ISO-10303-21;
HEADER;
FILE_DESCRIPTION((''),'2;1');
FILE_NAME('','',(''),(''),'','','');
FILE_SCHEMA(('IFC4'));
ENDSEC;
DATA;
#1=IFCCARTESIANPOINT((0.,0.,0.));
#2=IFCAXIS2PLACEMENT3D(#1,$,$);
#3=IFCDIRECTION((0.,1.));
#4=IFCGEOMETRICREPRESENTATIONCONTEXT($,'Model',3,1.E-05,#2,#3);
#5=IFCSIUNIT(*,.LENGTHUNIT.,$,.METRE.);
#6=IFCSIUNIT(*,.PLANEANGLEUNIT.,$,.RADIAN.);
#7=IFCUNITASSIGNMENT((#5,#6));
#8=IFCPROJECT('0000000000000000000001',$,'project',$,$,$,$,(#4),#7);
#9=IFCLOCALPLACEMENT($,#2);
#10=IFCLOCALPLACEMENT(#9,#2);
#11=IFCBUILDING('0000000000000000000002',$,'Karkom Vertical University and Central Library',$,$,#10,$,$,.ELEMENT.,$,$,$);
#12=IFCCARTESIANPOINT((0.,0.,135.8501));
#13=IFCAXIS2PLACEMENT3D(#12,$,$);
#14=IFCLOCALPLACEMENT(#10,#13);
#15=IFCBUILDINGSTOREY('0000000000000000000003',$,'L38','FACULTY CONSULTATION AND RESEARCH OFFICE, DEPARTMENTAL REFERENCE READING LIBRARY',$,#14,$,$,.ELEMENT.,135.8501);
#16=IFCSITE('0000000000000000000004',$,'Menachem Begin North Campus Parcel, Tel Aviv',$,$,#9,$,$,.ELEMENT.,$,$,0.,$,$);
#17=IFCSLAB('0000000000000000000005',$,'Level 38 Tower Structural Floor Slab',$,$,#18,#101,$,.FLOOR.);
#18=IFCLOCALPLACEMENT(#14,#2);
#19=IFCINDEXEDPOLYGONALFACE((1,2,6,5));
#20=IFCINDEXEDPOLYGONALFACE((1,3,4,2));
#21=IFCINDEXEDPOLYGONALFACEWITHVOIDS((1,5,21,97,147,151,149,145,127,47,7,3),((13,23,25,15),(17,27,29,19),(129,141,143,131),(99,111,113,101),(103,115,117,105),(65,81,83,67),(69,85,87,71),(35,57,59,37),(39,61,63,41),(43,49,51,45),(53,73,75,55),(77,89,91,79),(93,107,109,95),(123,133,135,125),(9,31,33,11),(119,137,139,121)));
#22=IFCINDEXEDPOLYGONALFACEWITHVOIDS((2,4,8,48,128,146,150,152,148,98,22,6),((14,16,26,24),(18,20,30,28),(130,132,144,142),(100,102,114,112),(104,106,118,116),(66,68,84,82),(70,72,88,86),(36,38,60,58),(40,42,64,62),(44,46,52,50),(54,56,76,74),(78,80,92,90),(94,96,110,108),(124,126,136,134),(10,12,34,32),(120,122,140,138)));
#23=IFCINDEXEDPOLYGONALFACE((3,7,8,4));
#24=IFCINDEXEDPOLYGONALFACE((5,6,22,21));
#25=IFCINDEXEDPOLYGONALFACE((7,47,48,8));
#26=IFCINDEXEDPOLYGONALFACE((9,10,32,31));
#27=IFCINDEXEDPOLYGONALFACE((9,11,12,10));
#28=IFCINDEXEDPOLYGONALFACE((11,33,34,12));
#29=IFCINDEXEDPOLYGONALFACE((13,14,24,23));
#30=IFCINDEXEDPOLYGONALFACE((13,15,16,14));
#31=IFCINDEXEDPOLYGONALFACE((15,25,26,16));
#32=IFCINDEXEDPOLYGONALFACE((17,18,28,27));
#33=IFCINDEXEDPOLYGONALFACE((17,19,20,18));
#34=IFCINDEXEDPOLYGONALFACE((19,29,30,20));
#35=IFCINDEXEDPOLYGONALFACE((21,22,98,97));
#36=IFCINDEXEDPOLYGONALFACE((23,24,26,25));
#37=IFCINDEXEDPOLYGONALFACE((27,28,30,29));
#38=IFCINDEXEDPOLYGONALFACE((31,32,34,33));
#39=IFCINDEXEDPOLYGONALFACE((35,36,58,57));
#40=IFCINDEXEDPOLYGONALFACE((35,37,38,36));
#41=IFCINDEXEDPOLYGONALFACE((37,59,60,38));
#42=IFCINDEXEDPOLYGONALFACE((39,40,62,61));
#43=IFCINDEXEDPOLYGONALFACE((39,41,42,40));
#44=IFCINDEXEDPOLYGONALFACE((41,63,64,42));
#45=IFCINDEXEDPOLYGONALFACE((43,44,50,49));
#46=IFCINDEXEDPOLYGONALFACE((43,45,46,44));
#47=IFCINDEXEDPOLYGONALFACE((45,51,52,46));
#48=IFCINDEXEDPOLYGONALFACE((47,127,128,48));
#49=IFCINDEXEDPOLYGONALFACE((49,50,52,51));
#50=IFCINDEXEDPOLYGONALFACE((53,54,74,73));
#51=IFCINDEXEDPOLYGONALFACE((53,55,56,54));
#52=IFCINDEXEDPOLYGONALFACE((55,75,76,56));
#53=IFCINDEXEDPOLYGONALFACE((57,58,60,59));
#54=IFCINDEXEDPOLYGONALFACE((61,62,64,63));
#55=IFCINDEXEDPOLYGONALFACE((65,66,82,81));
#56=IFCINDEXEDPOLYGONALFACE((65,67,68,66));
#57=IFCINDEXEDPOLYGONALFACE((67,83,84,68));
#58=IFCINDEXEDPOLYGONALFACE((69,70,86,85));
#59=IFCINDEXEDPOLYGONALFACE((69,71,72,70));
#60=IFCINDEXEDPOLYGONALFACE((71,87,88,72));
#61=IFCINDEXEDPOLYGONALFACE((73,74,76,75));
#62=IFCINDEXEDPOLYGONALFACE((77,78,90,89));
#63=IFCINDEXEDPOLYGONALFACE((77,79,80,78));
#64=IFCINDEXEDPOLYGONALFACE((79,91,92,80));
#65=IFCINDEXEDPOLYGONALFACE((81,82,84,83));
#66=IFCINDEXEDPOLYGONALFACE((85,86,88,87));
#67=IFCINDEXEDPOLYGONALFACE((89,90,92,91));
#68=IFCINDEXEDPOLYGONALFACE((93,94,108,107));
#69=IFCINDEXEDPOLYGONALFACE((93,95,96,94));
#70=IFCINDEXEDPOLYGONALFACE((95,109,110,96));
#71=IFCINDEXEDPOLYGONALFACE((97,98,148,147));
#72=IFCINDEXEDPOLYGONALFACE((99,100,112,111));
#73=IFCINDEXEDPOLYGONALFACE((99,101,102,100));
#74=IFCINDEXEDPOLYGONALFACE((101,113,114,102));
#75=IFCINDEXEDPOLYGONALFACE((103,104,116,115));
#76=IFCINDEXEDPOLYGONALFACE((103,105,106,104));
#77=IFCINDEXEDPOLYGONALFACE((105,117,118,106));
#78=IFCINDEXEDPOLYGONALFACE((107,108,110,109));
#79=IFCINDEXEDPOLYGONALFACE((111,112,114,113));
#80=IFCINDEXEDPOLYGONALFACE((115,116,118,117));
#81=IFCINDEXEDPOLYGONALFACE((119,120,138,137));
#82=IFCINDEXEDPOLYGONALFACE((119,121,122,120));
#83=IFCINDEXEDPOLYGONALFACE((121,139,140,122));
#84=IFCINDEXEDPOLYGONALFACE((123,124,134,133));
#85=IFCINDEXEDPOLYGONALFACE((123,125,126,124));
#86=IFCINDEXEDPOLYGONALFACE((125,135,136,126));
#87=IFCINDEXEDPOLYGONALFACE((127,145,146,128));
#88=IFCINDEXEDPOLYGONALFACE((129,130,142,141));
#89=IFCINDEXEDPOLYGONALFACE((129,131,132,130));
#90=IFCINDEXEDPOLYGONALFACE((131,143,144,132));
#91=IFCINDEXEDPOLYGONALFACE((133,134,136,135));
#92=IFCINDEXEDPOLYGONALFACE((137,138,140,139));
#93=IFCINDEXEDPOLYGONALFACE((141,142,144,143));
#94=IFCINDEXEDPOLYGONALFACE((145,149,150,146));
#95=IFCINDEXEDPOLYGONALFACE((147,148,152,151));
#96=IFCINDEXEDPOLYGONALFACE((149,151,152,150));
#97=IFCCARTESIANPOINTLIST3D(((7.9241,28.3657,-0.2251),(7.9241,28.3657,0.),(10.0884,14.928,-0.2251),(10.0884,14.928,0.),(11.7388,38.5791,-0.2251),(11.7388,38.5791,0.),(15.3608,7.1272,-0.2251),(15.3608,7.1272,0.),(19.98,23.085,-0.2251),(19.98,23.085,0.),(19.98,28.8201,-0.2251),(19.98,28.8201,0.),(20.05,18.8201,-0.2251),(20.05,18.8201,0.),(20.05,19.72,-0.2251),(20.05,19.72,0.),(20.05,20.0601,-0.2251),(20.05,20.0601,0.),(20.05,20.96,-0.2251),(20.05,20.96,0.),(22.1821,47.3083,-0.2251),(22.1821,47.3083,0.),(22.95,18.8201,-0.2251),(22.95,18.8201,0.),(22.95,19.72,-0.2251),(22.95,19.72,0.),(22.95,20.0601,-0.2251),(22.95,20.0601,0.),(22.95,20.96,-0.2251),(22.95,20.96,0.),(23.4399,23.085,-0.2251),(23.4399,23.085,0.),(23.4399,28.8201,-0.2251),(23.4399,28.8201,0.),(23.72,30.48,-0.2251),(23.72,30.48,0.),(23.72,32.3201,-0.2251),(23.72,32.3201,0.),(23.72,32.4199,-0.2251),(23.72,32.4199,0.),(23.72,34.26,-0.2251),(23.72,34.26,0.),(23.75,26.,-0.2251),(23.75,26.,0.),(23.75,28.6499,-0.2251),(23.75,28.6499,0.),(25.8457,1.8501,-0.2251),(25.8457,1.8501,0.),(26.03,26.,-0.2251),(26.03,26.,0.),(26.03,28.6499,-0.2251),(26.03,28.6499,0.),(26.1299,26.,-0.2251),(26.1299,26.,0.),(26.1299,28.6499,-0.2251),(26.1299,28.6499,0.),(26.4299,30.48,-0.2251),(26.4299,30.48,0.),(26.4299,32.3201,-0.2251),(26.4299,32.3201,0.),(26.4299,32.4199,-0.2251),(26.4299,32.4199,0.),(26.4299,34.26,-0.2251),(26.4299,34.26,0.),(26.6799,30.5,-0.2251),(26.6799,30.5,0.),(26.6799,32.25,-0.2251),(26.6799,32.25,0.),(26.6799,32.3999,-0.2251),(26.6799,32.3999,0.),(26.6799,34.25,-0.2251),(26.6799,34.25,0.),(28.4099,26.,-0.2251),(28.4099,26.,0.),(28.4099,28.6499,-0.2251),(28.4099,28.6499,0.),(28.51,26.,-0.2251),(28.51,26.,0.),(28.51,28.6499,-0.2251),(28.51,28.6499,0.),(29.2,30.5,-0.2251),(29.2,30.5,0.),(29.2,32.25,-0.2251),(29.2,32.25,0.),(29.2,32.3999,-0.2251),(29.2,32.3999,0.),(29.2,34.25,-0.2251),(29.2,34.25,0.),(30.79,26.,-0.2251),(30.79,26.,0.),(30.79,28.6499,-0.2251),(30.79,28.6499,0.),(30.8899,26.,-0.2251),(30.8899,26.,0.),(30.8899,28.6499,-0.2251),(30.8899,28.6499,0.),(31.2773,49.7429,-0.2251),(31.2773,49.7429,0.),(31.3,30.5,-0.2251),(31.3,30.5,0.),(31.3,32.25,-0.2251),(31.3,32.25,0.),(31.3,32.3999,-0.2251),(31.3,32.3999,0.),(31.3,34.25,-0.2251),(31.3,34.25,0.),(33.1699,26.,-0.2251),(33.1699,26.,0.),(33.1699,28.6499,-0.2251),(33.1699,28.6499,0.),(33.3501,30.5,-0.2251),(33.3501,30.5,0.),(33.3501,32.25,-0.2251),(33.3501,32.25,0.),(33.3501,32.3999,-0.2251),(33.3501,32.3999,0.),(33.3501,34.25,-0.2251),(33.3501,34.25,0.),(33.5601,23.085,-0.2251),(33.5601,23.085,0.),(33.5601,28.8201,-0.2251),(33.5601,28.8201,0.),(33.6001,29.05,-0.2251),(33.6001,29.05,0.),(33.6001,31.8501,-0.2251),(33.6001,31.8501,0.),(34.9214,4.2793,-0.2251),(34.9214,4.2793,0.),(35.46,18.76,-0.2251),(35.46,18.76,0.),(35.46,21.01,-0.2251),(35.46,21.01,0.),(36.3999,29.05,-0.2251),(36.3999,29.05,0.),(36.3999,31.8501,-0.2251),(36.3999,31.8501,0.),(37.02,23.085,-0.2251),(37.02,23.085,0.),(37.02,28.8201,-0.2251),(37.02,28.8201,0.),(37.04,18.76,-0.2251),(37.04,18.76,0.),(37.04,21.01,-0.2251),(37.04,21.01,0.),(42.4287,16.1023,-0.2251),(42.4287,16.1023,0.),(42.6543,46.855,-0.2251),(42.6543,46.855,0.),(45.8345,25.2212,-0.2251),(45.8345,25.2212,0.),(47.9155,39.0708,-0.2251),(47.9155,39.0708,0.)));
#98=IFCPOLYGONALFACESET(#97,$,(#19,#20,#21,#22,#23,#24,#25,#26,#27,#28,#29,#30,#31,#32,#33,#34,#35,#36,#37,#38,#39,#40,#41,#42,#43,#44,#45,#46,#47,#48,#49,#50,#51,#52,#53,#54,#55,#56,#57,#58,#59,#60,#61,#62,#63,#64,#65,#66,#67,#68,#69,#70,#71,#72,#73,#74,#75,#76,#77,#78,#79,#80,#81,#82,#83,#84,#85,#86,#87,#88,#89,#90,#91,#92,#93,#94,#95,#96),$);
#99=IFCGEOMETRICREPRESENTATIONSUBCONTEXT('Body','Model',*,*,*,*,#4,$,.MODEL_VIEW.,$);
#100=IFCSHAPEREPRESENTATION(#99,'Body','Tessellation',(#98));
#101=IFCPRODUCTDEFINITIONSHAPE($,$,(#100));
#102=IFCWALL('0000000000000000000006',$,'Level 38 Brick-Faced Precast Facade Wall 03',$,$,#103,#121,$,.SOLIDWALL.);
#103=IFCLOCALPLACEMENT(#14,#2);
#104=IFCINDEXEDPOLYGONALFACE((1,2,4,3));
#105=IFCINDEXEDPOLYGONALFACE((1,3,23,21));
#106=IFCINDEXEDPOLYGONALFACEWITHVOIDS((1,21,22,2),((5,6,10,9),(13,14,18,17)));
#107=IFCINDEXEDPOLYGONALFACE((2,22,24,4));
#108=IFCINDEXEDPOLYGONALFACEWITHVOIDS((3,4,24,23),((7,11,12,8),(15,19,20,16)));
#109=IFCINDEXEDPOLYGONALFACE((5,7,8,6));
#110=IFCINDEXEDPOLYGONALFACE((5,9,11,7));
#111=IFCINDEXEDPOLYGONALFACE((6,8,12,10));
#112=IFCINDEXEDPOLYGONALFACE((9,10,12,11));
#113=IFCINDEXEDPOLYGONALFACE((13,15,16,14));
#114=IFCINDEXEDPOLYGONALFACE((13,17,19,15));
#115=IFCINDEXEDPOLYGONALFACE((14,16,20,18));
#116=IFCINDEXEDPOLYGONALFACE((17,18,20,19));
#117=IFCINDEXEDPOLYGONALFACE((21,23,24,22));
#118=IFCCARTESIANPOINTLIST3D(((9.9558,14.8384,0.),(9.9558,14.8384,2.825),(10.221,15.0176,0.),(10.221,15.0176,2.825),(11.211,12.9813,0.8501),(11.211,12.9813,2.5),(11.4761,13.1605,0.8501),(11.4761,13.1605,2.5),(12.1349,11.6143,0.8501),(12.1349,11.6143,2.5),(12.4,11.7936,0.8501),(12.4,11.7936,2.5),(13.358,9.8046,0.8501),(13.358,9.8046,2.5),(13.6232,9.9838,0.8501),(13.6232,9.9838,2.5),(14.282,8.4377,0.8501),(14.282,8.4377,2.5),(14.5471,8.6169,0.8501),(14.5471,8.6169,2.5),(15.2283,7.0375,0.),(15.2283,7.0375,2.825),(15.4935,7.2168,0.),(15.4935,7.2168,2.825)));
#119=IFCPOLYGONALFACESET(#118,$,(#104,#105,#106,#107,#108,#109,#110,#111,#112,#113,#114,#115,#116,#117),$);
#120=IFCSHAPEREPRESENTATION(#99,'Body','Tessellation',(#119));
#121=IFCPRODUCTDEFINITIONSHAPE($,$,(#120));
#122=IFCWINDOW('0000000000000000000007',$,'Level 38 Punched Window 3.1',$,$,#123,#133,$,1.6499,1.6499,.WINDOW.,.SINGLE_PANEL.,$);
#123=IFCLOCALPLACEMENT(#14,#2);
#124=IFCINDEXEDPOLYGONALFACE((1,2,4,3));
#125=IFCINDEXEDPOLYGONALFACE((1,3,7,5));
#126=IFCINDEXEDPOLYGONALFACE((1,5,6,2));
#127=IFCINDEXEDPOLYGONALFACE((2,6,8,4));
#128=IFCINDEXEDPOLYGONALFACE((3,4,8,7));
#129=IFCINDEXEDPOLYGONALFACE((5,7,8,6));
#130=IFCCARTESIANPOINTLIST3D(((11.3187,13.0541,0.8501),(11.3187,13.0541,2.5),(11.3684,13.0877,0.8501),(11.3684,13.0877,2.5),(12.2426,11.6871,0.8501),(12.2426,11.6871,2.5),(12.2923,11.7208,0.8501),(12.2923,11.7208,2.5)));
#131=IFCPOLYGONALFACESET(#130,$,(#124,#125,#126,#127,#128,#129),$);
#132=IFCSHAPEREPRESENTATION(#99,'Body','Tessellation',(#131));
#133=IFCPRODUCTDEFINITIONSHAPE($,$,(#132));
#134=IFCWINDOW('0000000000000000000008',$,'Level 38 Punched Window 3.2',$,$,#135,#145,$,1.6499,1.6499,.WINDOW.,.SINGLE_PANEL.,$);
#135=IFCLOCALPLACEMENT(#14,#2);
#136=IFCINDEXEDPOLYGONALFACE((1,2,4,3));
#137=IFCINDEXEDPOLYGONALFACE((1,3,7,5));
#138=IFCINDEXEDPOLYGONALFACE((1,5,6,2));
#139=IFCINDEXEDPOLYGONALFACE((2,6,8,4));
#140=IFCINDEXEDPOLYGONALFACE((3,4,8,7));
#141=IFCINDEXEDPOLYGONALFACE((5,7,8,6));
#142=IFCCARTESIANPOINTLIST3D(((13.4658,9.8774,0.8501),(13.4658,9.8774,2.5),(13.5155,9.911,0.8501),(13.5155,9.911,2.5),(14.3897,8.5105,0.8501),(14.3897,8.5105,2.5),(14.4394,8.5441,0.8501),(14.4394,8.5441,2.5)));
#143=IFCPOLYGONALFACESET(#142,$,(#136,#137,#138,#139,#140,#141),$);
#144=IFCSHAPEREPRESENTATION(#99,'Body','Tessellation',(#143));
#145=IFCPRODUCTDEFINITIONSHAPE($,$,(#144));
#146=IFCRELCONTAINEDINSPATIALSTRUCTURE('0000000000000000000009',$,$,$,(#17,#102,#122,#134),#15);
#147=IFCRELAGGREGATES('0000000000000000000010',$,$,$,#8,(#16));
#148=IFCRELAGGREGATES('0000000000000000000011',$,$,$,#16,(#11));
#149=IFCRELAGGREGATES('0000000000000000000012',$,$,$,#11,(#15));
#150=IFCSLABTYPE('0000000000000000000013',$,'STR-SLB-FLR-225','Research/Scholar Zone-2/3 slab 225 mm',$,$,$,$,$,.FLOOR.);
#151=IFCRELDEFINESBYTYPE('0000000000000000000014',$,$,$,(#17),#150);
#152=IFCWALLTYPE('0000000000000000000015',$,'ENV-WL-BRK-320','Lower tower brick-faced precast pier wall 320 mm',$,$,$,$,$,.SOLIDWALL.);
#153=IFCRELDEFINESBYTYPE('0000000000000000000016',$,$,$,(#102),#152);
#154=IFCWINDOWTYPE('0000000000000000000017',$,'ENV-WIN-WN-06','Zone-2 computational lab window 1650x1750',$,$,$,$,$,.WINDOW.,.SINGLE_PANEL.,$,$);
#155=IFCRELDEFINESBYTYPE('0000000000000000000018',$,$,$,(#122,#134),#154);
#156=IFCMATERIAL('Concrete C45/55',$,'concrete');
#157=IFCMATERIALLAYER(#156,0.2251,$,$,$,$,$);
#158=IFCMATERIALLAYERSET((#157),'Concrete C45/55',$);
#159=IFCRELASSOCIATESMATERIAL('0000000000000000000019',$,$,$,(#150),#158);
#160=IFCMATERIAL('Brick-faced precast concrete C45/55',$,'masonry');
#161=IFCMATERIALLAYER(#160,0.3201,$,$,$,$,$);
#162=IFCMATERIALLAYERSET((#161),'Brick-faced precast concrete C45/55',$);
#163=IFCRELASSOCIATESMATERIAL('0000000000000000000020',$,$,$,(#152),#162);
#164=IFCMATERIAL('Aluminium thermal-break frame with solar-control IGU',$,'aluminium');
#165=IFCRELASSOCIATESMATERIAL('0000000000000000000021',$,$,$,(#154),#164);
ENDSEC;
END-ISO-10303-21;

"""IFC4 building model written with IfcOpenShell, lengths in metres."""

from ifc_helpers import new_model, si_unit, direction, frame, frame_2d, origin, origin_with_axes, place, context, subcontext, project, spatial, polyline, rectangle, outline, extrude, source, transform, mapped, material, layer, layer_set, type_object, element, fill, save


model = new_model("IFC4")

# Units and contexts
model_context = context("Model", 3, precision=1e-05, world=origin(), true_north=direction((0.0, 1.0)))
body_context = subcontext(model_context, "Body", "Model", "MODEL_VIEW")
ifc_project = project(units=[si_unit("LENGTHUNIT", "METRE"), si_unit("PLANEANGLEUNIT", "RADIAN")], contexts=[model_context])

# Site, building, storey
site_placement = place(None, origin())
site = spatial("IfcSite", under=ifc_project, at=site_placement, Name="Menachem Begin North Campus Parcel, Tel Aviv", CompositionType="ELEMENT", RefElevation=0.0)
building_placement = place(site_placement, origin())
building = spatial("IfcBuilding", under=site, at=building_placement, Name="Karkom Vertical University and Central Library", CompositionType="ELEMENT")
storey_placement = place(building_placement, frame((0.0, 0.0, 135.8501)))
storey = spatial("IfcBuildingStorey", under=building, at=storey_placement, Name="L38", Description="FACULTY CONSULTATION AND RESEARCH OFFICE, DEPARTMENTAL REFERENCE READING LIBRARY", CompositionType="ELEMENT", Elevation=135.8501)

# Shared definitions
ifc_material_1 = material(Name="Concrete C45/55", Category="concrete")

# Slab
ifc_layer_1 = layer(ifc_material_1, 0.2251)
ifc_layer_set_1 = layer_set([ifc_layer_1], Name="Concrete C45/55")
slab_type_1 = type_object("IfcSlabType", Name="STR-SLB-FLR-225", Description="Research/Scholar Zone-2/3 slab 225 mm", PredefinedType="FLOOR", material=ifc_layer_set_1)
slab_1_placement = place(storey_placement, frame((0.0, 0.0, -0.2251)))
element("IfcSlab", 1, at=slab_1_placement, inside=storey, type_object=slab_type_1, Name="Level 38 Tower Structural Floor Slab", PredefinedType="FLOOR", context=body_context, shape_type="SweptSolid", body=[
    extrude(outline(polyline([(11.7388, 38.5791), (7.9241, 28.3657), (10.0884, 14.928), (15.3608, 7.1272), (25.8457, 1.8501), (34.9214, 4.2793), (42.4287, 16.1023), (45.8345, 25.2212), (47.9155, 39.0708), (42.6543, 46.855), (31.2773, 49.7429), (22.1821, 47.3083), (11.7388, 38.5791)]), holes=[polyline([(19.98, 23.085), (23.4399, 23.085), (23.4399, 28.8201), (19.98, 28.8201), (19.98, 23.085)]), polyline([(33.5601, 23.085), (37.02, 23.085), (37.02, 28.8201), (33.5601, 28.8201), (33.5601, 23.085)]), polyline([(23.75, 26.0), (26.03, 26.0), (26.03, 28.6499), (23.75, 28.6499), (23.75, 26.0)]), polyline([(26.1299, 26.0), (28.4099, 26.0), (28.4099, 28.6499), (26.1299, 28.6499), (26.1299, 26.0)]), polyline([(28.51, 26.0), (30.79, 26.0), (30.79, 28.6499), (28.51, 28.6499), (28.51, 26.0)]), polyline([(30.8899, 26.0), (33.1699, 26.0), (33.1699, 28.6499), (30.8899, 28.6499), (30.8899, 26.0)]), polyline([(26.6799, 30.5), (29.2, 30.5), (29.2, 32.25), (26.6799, 32.25), (26.6799, 30.5)]), polyline([(26.6799, 32.3999), (29.2, 32.3999), (29.2, 34.25), (26.6799, 34.25), (26.6799, 32.3999)]), polyline([(31.3, 30.5), (33.3501, 30.5), (33.3501, 32.25), (31.3, 32.25), (31.3, 30.5)]), polyline([(31.3, 32.3999), (33.3501, 32.3999), (33.3501, 34.25), (31.3, 34.25), (31.3, 32.3999)]), polyline([(23.72, 30.48), (26.4299, 30.48), (26.4299, 32.3201), (23.72, 32.3201), (23.72, 30.48)]), polyline([(23.72, 32.4199), (26.4299, 32.4199), (26.4299, 34.26), (23.72, 34.26), (23.72, 32.4199)]), polyline([(33.6001, 29.05), (36.3999, 29.05), (36.3999, 31.8501), (33.6001, 31.8501), (33.6001, 29.05)]), polyline([(20.05, 18.8201), (22.95, 18.8201), (22.95, 19.72), (20.05, 19.72), (20.05, 18.8201)]), polyline([(20.05, 20.0601), (22.95, 20.0601), (22.95, 20.96), (20.05, 20.96), (20.05, 20.0601)]), polyline([(35.46, 18.76), (37.04, 18.76), (37.04, 21.01), (35.46, 21.01), (35.46, 18.76)])]), origin(), (0.0, 0.0, 1.0), 0.2251),
])

# Wall, openings, windows
ifc_material_2 = material(Name="Brick-faced precast concrete C45/55", Category="masonry")
ifc_layer_2 = layer(ifc_material_2, 0.3201)
ifc_layer_set_2 = layer_set([ifc_layer_2], Name="Brick-faced precast concrete C45/55")
wall_type_1 = type_object("IfcWallType", Name="ENV-WL-BRK-320", Description="Lower tower brick-faced precast pier wall 320 mm", PredefinedType="SOLIDWALL", material=ifc_layer_set_2)
wall_1_placement = place(storey_placement, frame((10.0884, 14.928, 0.0), z_axis=(0.0, 0.0, 1.0), x_axis=(0.559979, -0.828507, 0.0)))
wall_1 = element("IfcWall", 2, at=wall_1_placement, inside=storey, type_object=wall_type_1, Name="Level 38 Brick-Faced Precast Facade Wall 03", PredefinedType="SOLIDWALL", context=body_context, shape_type="SweptSolid", body=[
    extrude(rectangle(XDim=9.4155, YDim=0.3201, at=frame_2d((4.7078, 0.0))), origin(), (0.0, 0.0, 1.0), 2.825),
])
opening_1_placement = place(wall_1_placement, frame((2.2415, 0.0, 0.8501)))
opening_1 = element("IfcOpeningElement", 3, at=opening_1_placement, cuts=wall_1, PredefinedType="OPENING", context=body_context, shape_type="SweptSolid", body=[
    extrude(rectangle(XDim=1.6499, YDim=1.6499, at=frame_2d((0.825, 0.825))), frame((0.0, 0.1699, 0.0), z_axis=(0.0, -1.0, 0.0), x_axis=(1.0, 0.0, 0.0)), (0.0, 0.0, 1.0), 0.3401),
])
opening_2_placement = place(wall_1_placement, frame((6.0757, 0.0, 0.8501)))
opening_2 = element("IfcOpeningElement", 4, at=opening_2_placement, cuts=wall_1, PredefinedType="OPENING", context=body_context, shape_type="SweptSolid", body=[
    extrude(rectangle(XDim=1.6499, YDim=1.6499, at=frame_2d((0.825, 0.825))), frame((0.0, 0.1699, 0.0), z_axis=(0.0, -1.0, 0.0), x_axis=(1.0, 0.0, 0.0)), (0.0, 0.0, 1.0), 0.3401),
])
ifc_material_3 = material(Name="Aluminium thermal-break frame with solar-control IGU", Category="aluminium")
window_type = type_object("IfcWindowType", Name="ENV-WIN-WN-06", Description="Zone-2 computational lab window 1650x1750", PartitioningType="SINGLE_PANEL", PredefinedType="WINDOW", material=ifc_material_3)
shared_shape_1 = source(origin_with_axes(), body_context, "Body", "SweptSolid", [
    extrude(rectangle(XDim=1.6499, YDim=1.6499, at=frame_2d((0.825, 0.825))), frame((0.0, 0.03, 0.0), z_axis=(0.0, -1.0, 0.0), x_axis=(1.0, 0.0, 0.0)), (0.0, 0.0, 1.0), 0.0601),
])
window_1_placement = place(opening_1_placement, origin())
window_1 = element("IfcWindow", 5, at=window_1_placement, inside=storey, type_object=window_type, Name="Level 38 Punched Window 3.1", OverallHeight=1.6499, OverallWidth=1.6499, PartitioningType="SINGLE_PANEL", PredefinedType="WINDOW", context=body_context, shape_type="MappedRepresentation", body=[
    mapped(shared_shape_1, transform((0.0, 0.0, 0.0), scale=1.0)),
])
fill(opening_1, window_1)
window_2_placement = place(opening_2_placement, origin())
window_2 = element("IfcWindow", 6, at=window_2_placement, inside=storey, type_object=window_type, Name="Level 38 Punched Window 3.2", OverallHeight=1.6499, OverallWidth=1.6499, PartitioningType="SINGLE_PANEL", PredefinedType="WINDOW", context=body_context, shape_type="MappedRepresentation", body=[
    mapped(shared_shape_1, transform((0.0, 0.0, 0.0), scale=1.0)),
])
fill(opening_2, window_2)

save(model, "model.ifc")
